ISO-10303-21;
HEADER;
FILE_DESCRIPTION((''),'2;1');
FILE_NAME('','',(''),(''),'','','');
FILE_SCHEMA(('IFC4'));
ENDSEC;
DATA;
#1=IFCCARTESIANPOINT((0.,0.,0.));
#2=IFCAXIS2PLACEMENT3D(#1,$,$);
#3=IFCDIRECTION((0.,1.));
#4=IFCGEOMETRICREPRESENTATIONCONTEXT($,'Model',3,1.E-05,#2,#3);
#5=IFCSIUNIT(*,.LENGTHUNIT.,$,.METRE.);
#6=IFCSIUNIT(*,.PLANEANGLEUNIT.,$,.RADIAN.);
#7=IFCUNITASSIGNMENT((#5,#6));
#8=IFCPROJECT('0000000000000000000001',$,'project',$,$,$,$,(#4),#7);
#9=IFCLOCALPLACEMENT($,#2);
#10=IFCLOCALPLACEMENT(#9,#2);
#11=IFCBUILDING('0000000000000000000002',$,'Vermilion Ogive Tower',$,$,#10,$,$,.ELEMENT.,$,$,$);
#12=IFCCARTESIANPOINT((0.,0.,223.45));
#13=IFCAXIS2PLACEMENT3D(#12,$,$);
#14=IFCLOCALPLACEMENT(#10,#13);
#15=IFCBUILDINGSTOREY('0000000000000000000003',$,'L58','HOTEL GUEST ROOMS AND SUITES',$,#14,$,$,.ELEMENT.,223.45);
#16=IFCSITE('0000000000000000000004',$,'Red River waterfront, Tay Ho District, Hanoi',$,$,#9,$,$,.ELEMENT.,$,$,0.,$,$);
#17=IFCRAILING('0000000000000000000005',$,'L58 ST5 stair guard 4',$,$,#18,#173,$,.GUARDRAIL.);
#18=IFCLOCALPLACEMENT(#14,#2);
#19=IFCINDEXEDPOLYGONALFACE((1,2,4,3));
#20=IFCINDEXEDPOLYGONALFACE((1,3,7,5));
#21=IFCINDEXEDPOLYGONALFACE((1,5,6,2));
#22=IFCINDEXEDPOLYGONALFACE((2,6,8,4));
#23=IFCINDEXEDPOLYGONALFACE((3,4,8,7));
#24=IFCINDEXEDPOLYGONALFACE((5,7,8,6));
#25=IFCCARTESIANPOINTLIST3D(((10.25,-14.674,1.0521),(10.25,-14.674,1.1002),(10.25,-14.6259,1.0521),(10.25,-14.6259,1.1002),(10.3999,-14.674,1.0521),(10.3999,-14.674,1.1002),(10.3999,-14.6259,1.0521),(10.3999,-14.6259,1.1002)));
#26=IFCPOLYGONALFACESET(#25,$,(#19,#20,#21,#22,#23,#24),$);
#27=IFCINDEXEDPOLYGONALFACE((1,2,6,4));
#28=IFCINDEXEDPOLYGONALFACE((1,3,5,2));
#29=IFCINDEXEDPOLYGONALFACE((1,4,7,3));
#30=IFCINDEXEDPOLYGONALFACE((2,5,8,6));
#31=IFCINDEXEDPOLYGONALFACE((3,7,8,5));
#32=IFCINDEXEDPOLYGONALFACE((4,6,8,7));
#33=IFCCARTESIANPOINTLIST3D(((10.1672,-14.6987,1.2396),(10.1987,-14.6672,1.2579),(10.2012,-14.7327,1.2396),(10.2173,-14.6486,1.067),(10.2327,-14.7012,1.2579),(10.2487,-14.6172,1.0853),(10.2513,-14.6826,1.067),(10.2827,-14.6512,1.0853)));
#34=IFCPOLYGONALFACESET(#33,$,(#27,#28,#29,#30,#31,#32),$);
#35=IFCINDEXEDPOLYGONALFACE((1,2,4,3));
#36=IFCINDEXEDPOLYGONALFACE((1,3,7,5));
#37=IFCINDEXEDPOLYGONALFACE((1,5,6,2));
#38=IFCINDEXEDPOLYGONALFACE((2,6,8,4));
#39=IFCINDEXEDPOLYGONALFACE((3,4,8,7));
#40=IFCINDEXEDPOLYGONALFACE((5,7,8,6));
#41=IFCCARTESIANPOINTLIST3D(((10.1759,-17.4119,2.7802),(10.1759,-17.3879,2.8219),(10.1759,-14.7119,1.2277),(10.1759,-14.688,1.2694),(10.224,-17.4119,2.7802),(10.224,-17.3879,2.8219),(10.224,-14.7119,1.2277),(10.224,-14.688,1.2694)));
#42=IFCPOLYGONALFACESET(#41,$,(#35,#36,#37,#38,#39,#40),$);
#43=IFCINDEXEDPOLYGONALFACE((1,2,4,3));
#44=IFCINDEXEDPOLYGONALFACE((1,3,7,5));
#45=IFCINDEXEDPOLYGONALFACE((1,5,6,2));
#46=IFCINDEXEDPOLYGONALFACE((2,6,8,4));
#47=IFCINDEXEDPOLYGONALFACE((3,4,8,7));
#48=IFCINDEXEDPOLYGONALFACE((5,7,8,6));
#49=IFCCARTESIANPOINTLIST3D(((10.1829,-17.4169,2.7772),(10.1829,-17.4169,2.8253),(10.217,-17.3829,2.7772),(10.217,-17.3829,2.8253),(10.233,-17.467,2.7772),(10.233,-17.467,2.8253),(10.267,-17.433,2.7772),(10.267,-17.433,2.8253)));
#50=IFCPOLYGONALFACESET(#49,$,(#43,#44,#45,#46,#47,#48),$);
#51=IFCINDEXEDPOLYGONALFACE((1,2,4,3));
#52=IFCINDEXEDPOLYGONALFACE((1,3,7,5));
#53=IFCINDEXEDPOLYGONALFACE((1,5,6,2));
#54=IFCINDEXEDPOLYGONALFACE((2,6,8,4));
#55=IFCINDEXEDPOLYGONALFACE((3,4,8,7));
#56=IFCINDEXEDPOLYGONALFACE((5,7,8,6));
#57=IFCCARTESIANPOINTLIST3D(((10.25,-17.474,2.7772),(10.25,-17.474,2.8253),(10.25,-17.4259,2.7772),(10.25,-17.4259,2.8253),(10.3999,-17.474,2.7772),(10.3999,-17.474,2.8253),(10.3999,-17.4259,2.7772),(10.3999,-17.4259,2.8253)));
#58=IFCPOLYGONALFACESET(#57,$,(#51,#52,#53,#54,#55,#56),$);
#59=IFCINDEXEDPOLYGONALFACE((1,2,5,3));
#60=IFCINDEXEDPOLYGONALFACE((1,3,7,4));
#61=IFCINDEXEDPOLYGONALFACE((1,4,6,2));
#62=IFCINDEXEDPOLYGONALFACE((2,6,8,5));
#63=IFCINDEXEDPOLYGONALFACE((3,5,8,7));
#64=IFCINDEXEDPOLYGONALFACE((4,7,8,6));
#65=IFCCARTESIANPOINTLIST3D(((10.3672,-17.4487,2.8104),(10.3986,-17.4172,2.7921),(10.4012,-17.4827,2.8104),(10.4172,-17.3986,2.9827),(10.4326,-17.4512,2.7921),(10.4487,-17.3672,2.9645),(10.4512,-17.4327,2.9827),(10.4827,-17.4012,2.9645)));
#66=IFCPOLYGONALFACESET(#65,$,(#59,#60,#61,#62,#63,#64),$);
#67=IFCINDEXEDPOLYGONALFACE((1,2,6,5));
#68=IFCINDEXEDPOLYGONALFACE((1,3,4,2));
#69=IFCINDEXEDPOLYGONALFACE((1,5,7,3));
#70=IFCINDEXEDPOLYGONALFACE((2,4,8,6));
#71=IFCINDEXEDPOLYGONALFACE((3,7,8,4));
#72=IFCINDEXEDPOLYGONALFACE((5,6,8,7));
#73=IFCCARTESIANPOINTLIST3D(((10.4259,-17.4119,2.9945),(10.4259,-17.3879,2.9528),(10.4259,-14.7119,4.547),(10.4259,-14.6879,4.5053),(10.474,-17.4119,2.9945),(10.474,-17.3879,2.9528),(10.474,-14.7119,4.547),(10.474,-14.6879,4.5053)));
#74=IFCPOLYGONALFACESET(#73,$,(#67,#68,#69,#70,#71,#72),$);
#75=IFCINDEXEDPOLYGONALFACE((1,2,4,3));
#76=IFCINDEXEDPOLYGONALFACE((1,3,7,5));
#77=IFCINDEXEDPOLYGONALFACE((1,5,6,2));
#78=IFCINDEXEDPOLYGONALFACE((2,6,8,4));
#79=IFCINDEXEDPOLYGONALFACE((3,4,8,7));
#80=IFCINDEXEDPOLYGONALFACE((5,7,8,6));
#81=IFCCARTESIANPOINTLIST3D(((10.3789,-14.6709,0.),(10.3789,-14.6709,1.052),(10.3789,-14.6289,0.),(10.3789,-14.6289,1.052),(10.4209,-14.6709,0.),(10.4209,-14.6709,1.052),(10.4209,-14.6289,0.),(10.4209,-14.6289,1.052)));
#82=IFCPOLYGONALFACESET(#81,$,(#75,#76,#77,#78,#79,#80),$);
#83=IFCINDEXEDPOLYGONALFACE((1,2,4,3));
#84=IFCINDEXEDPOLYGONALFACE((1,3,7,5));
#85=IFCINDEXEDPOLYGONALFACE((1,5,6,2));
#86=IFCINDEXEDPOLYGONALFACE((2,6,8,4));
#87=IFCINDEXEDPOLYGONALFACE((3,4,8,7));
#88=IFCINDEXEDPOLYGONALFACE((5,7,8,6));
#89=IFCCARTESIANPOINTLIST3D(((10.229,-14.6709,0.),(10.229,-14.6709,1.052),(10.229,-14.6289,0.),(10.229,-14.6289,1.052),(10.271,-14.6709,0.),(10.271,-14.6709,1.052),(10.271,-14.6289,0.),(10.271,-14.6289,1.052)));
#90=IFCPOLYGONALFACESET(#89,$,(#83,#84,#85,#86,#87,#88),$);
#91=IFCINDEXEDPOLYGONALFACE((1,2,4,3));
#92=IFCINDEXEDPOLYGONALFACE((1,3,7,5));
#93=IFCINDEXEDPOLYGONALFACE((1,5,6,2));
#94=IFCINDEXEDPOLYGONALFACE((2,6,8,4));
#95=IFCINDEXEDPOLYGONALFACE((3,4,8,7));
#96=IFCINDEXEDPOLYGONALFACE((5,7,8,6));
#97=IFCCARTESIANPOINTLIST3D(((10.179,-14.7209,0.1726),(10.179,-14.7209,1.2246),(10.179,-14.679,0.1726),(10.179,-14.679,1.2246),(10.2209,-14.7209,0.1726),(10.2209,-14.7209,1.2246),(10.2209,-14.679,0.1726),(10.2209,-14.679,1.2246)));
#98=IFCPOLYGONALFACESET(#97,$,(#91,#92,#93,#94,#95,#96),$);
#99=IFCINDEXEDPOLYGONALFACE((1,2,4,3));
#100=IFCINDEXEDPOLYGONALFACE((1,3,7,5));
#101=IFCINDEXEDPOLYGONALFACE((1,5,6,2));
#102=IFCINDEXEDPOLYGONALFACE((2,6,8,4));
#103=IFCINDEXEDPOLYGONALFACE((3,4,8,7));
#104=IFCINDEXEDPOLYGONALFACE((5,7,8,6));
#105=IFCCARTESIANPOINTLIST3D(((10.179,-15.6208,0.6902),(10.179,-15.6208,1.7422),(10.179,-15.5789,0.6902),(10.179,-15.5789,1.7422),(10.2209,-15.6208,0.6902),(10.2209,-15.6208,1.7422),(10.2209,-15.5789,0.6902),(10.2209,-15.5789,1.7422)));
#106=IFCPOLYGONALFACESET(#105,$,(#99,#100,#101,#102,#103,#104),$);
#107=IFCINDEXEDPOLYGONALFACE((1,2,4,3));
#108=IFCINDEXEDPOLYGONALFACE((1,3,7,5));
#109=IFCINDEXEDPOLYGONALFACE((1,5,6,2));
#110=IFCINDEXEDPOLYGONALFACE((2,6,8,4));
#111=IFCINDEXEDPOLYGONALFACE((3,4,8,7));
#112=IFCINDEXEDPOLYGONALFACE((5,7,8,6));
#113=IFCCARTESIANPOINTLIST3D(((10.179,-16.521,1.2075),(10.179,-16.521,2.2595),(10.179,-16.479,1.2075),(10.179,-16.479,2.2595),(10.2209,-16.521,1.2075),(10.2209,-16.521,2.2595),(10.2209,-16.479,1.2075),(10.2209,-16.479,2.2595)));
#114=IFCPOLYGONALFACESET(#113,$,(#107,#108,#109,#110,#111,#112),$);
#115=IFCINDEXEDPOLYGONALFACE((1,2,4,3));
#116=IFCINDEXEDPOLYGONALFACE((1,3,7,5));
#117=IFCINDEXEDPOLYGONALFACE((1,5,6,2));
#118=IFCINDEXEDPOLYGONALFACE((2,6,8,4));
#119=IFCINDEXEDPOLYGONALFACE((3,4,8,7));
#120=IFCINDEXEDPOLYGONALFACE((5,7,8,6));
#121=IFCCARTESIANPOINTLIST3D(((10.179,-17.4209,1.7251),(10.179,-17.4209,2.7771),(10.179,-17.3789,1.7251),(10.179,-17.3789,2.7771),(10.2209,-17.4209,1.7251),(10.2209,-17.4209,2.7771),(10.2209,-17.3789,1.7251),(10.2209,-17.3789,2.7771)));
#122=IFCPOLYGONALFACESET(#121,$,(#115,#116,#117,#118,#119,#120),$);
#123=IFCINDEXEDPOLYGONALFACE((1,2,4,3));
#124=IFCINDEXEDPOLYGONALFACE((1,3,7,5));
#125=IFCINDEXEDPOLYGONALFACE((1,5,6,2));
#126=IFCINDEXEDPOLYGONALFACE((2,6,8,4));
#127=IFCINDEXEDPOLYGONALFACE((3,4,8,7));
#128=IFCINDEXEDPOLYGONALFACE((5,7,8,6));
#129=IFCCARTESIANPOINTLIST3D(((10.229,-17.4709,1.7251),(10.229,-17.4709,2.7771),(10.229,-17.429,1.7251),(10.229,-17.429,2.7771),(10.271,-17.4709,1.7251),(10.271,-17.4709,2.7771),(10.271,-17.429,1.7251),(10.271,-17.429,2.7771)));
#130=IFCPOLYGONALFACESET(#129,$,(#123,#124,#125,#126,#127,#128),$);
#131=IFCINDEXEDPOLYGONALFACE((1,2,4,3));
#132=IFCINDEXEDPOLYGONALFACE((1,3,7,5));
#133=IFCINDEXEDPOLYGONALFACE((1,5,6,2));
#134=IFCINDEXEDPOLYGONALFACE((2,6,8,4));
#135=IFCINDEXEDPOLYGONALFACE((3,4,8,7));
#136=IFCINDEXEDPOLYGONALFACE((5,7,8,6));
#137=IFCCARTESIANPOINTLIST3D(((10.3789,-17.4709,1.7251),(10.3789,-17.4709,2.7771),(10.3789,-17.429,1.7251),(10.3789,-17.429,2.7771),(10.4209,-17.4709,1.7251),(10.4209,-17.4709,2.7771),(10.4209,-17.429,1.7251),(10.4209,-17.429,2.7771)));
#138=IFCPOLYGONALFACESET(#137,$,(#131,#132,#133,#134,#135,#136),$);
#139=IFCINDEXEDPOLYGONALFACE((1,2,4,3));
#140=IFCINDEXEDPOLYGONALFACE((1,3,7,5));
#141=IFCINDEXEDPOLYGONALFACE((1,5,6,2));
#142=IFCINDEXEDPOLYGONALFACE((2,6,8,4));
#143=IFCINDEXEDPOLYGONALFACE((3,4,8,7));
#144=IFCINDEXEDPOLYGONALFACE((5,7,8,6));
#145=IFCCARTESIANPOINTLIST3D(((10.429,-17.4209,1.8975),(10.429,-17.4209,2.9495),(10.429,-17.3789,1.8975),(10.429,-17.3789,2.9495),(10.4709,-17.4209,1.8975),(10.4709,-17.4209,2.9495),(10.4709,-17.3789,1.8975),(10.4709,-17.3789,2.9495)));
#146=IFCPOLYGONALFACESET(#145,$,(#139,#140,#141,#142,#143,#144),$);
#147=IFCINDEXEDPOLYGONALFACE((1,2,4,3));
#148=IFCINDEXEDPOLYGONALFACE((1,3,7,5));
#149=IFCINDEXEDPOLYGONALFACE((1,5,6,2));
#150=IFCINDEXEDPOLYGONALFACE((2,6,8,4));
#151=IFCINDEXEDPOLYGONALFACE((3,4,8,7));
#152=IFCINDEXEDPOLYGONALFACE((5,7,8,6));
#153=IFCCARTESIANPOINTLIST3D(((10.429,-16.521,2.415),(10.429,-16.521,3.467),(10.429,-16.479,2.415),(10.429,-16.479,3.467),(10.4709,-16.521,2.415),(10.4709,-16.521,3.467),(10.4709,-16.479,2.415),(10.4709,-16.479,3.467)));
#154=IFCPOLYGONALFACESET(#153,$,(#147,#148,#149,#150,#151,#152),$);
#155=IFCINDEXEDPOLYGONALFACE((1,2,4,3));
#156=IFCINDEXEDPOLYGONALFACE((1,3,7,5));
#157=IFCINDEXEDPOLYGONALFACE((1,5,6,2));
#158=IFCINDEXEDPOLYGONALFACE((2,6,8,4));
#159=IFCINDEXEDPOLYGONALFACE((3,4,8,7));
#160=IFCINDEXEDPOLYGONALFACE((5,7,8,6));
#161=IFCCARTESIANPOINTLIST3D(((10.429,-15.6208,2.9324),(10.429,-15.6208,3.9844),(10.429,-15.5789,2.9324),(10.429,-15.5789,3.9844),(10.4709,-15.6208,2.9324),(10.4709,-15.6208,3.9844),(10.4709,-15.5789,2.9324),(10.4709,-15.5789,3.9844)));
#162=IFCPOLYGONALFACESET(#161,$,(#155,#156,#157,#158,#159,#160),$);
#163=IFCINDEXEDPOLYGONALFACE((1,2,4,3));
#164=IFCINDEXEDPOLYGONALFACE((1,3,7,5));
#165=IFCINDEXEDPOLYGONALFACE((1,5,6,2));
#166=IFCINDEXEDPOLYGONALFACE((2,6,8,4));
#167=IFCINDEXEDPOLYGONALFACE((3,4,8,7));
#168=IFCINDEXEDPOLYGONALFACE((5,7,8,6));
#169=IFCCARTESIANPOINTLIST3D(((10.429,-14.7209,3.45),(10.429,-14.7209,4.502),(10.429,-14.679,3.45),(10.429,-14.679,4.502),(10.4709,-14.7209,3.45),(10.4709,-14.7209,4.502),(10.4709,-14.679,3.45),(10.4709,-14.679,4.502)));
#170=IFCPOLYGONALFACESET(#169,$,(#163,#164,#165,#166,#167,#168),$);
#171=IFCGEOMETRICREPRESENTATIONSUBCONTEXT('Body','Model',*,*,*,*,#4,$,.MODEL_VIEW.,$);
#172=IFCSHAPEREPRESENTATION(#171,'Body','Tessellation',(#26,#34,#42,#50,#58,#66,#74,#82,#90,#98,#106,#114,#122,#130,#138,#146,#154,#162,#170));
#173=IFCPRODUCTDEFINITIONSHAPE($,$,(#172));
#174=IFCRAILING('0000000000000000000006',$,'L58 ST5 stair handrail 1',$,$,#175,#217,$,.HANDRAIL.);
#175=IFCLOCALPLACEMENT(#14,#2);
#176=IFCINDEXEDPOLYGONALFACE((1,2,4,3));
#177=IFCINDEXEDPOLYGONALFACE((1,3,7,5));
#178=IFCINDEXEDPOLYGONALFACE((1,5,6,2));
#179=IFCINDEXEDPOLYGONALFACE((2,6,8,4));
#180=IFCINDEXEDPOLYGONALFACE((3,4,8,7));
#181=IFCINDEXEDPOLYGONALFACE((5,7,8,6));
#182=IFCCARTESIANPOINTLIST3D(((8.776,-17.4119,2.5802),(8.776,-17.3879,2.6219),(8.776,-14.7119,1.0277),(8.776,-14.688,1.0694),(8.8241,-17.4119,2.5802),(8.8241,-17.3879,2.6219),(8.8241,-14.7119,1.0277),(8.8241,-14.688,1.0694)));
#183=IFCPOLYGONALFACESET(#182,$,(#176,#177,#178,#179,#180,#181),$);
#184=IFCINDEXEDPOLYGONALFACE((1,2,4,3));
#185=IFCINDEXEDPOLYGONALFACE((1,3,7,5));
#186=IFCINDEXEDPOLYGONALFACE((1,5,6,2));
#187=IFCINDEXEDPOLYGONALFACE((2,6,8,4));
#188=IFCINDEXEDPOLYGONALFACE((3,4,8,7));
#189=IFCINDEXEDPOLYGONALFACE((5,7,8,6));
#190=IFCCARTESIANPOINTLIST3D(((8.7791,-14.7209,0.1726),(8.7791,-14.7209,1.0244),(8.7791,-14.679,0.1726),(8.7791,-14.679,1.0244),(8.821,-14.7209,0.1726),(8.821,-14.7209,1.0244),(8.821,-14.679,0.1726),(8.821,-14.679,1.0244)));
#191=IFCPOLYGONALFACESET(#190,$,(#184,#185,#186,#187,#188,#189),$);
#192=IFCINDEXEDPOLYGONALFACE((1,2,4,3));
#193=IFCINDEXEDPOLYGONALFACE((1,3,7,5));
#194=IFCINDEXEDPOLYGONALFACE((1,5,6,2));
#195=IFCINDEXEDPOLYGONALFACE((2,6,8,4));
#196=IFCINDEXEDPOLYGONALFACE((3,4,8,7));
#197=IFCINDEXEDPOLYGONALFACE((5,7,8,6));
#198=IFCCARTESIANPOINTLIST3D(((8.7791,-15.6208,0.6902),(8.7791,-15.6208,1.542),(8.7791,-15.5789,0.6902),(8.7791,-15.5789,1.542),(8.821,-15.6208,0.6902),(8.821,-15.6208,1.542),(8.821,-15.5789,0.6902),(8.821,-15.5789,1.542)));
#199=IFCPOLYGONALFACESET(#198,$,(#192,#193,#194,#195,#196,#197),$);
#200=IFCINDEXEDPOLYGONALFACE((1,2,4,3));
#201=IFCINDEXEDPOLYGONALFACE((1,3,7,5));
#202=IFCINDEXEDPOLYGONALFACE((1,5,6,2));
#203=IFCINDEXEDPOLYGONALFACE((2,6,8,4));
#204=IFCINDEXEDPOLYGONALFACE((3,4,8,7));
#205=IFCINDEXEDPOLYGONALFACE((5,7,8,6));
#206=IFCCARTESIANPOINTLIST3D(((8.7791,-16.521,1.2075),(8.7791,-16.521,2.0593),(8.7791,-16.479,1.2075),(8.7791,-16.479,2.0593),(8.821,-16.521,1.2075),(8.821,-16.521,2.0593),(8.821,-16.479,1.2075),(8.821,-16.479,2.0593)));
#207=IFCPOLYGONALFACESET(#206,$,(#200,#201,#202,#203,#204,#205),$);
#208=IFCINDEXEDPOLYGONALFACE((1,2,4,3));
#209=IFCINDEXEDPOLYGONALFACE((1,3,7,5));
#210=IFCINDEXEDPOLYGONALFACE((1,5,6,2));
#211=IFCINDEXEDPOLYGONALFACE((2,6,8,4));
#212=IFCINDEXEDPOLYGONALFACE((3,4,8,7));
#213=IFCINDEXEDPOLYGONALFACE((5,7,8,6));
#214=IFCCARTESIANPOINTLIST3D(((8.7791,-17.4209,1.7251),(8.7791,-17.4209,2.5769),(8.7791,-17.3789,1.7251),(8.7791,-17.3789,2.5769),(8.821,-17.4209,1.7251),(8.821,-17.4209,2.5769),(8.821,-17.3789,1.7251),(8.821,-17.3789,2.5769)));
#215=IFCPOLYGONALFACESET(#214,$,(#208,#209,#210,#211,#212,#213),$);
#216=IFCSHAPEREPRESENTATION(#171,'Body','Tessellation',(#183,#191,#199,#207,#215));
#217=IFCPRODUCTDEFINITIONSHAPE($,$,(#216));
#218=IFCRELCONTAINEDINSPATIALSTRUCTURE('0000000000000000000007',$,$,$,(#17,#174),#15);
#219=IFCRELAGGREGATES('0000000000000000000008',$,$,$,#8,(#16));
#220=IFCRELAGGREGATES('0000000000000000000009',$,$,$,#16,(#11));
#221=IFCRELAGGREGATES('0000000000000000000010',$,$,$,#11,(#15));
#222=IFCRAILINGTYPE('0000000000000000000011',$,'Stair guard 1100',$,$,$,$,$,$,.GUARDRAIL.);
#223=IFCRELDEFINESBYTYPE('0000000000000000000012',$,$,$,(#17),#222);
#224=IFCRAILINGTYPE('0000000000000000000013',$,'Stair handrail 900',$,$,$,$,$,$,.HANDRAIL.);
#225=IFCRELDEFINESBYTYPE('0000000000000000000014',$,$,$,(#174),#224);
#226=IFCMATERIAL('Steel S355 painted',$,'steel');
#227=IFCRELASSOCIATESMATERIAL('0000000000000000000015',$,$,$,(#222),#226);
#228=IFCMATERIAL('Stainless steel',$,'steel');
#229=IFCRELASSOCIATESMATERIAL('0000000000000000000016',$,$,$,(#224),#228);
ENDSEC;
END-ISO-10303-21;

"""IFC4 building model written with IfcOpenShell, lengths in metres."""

from ifc_helpers import new_model, si_unit, direction, frame, origin, origin_2d, place, context, subcontext, project, spatial, rectangle, extrude, material, type_object, element, save


model = new_model("IFC4")

# Units and contexts
model_context = context("Model", 3, precision=1e-05, world=origin(), true_north=direction((0.0, 1.0)))
body_context = subcontext(model_context, "Body", "Model", "MODEL_VIEW")
ifc_project = project(units=[si_unit("LENGTHUNIT", "METRE"), si_unit("PLANEANGLEUNIT", "RADIAN")], contexts=[model_context])

# Site, building, storey
site_placement = place(None, origin())
site = spatial("IfcSite", under=ifc_project, at=site_placement, Name="Red River waterfront, Tay Ho District, Hanoi", CompositionType="ELEMENT", RefElevation=0.0)
building_placement = place(site_placement, origin())
building = spatial("IfcBuilding", under=site, at=building_placement, Name="Vermilion Ogive Tower", CompositionType="ELEMENT")
storey_placement = place(building_placement, frame((0.0, 0.0, 223.45)))
storey = spatial("IfcBuildingStorey", under=building, at=storey_placement, Name="L58", Description="HOTEL GUEST ROOMS AND SUITES", CompositionType="ELEMENT", Elevation=223.45)

# Railings
ifc_material_1 = material(Name="Steel S355 painted", Category="steel")
railing_type_1 = type_object("IfcRailingType", Name="Stair guard 1100", PredefinedType="GUARDRAIL", material=ifc_material_1)
railing_1_placement = place(storey_placement, frame((10.3999, -14.6499, 0.0)))
element("IfcRailing", 1, at=railing_1_placement, inside=storey, type_object=railing_type_1, Name="L58 ST5 stair guard 4", PredefinedType="GUARDRAIL", context=body_context, shape_type="SweptSolid", body=[
    extrude(rectangle(XDim=0.0481, YDim=0.0481, at=origin_2d()), frame((0.0, 0.0, 1.0762), z_axis=(-1.0, 0.0, 0.0), x_axis=(0.0, -1.0, 0.0)), (0.0, 0.0, 1.0), 0.1499),
    extrude(rectangle(XDim=0.0481, YDim=0.0481, at=origin_2d()), frame((-0.1499, 0.0, 1.0762), z_axis=(-0.268278, -0.268278, 0.925232), x_axis=(0.707107, -0.707107, 0.0)), (0.0, 0.0, 1.0), 0.1865),
    extrude(rectangle(XDim=0.0481, YDim=0.0481, at=origin_2d()), frame((-0.2, -0.05, 1.2485), z_axis=(0.0, -0.866904, 0.498476), x_axis=(1.0, 0.0, 0.0)), (0.0, 0.0, 1.0), 3.1145),
    extrude(rectangle(XDim=0.0481, YDim=0.0481, at=origin_2d()), frame((-0.2, -2.75, 2.8013), z_axis=(0.707107, -0.707107, 0.0), x_axis=(0.707107, 0.707107, 0.0)), (0.0, 0.0, 1.0), 0.0708),
    extrude(rectangle(XDim=0.0481, YDim=0.0481, at=origin_2d()), frame((-0.1499, -2.8, 2.8013), z_axis=(1.0, 0.0, 0.0), x_axis=(0.0, 1.0, 0.0)), (0.0, 0.0, 1.0), 0.1499),
    extrude(rectangle(XDim=0.0481, YDim=0.0481, at=origin_2d()), frame((0.0, -2.8, 2.8013), z_axis=(0.268603, 0.268603, 0.925043), x_axis=(-0.707107, 0.707107, 0.0)), (0.0, 0.0, 1.0), 0.1863),
    extrude(rectangle(XDim=0.0481, YDim=0.0481, at=origin_2d()), frame((0.05, -2.75, 2.9736), z_axis=(0.0, 0.866904, 0.498476), x_axis=(-1.0, 0.0, 0.0)), (0.0, 0.0, 1.0), 3.1145),
    extrude(rectangle(XDim=0.042, YDim=0.042, at=origin_2d()), origin(), (0.0, 0.0, 1.0), 1.052),
    extrude(rectangle(XDim=0.042, YDim=0.042, at=origin_2d()), frame((-0.1499, 0.0, 0.0)), (0.0, 0.0, 1.0), 1.052),
    extrude(rectangle(XDim=0.042, YDim=0.042, at=origin_2d()), frame((-0.2, -0.05, 0.1726)), (0.0, 0.0, 1.0), 1.052),
    extrude(rectangle(XDim=0.042, YDim=0.042, at=origin_2d()), frame((-0.2, -0.95, 0.6902)), (0.0, 0.0, 1.0), 1.052),
    extrude(rectangle(XDim=0.042, YDim=0.042, at=origin_2d()), frame((-0.2, -1.8501, 1.2075)), (0.0, 0.0, 1.0), 1.052),
    extrude(rectangle(XDim=0.042, YDim=0.042, at=origin_2d()), frame((-0.2, -2.75, 1.7251)), (0.0, 0.0, 1.0), 1.052),
    extrude(rectangle(XDim=0.042, YDim=0.042, at=origin_2d()), frame((-0.1499, -2.8, 1.7251)), (0.0, 0.0, 1.0), 1.052),
    extrude(rectangle(XDim=0.042, YDim=0.042, at=origin_2d()), frame((0.0, -2.8, 1.7251)), (0.0, 0.0, 1.0), 1.052),
    extrude(rectangle(XDim=0.042, YDim=0.042, at=origin_2d()), frame((0.05, -2.75, 1.8975)), (0.0, 0.0, 1.0), 1.052),
    extrude(rectangle(XDim=0.042, YDim=0.042, at=origin_2d()), frame((0.05, -1.8501, 2.415)), (0.0, 0.0, 1.0), 1.052),
    extrude(rectangle(XDim=0.042, YDim=0.042, at=origin_2d()), frame((0.05, -0.95, 2.9324)), (0.0, 0.0, 1.0), 1.052),
    extrude(rectangle(XDim=0.042, YDim=0.042, at=origin_2d()), frame((0.05, -0.05, 3.45)), (0.0, 0.0, 1.0), 1.052),
])
ifc_material_2 = material(Name="Stainless steel", Category="steel")
railing_type_2 = type_object("IfcRailingType", Name="Stair handrail 900", PredefinedType="HANDRAIL", material=ifc_material_2)
railing_2_placement = place(storey_placement, frame((8.8, -14.7, 0.1726)))
element("IfcRailing", 2, at=railing_2_placement, inside=storey, type_object=railing_type_2, Name="L58 ST5 stair handrail 1", PredefinedType="HANDRAIL", context=body_context, shape_type="SweptSolid", body=[
    extrude(rectangle(XDim=0.0481, YDim=0.0481, at=origin_2d()), frame((0.0, 0.0, 0.876), z_axis=(0.0, -0.866904, 0.498476), x_axis=(1.0, 0.0, 0.0)), (0.0, 0.0, 1.0), 3.1145),
    extrude(rectangle(XDim=0.042, YDim=0.042, at=origin_2d()), origin(), (0.0, 0.0, 1.0), 0.8518),
    extrude(rectangle(XDim=0.042, YDim=0.042, at=origin_2d()), frame((0.0, -0.8999, 0.5176)), (0.0, 0.0, 1.0), 0.8518),
    extrude(rectangle(XDim=0.042, YDim=0.042, at=origin_2d()), frame((0.0, -1.8, 1.0349)), (0.0, 0.0, 1.0), 0.8518),
    extrude(rectangle(XDim=0.042, YDim=0.042, at=origin_2d()), frame((0.0, -2.7, 1.5525)), (0.0, 0.0, 1.0), 0.8518),
])

save(model, "model.ifc")
